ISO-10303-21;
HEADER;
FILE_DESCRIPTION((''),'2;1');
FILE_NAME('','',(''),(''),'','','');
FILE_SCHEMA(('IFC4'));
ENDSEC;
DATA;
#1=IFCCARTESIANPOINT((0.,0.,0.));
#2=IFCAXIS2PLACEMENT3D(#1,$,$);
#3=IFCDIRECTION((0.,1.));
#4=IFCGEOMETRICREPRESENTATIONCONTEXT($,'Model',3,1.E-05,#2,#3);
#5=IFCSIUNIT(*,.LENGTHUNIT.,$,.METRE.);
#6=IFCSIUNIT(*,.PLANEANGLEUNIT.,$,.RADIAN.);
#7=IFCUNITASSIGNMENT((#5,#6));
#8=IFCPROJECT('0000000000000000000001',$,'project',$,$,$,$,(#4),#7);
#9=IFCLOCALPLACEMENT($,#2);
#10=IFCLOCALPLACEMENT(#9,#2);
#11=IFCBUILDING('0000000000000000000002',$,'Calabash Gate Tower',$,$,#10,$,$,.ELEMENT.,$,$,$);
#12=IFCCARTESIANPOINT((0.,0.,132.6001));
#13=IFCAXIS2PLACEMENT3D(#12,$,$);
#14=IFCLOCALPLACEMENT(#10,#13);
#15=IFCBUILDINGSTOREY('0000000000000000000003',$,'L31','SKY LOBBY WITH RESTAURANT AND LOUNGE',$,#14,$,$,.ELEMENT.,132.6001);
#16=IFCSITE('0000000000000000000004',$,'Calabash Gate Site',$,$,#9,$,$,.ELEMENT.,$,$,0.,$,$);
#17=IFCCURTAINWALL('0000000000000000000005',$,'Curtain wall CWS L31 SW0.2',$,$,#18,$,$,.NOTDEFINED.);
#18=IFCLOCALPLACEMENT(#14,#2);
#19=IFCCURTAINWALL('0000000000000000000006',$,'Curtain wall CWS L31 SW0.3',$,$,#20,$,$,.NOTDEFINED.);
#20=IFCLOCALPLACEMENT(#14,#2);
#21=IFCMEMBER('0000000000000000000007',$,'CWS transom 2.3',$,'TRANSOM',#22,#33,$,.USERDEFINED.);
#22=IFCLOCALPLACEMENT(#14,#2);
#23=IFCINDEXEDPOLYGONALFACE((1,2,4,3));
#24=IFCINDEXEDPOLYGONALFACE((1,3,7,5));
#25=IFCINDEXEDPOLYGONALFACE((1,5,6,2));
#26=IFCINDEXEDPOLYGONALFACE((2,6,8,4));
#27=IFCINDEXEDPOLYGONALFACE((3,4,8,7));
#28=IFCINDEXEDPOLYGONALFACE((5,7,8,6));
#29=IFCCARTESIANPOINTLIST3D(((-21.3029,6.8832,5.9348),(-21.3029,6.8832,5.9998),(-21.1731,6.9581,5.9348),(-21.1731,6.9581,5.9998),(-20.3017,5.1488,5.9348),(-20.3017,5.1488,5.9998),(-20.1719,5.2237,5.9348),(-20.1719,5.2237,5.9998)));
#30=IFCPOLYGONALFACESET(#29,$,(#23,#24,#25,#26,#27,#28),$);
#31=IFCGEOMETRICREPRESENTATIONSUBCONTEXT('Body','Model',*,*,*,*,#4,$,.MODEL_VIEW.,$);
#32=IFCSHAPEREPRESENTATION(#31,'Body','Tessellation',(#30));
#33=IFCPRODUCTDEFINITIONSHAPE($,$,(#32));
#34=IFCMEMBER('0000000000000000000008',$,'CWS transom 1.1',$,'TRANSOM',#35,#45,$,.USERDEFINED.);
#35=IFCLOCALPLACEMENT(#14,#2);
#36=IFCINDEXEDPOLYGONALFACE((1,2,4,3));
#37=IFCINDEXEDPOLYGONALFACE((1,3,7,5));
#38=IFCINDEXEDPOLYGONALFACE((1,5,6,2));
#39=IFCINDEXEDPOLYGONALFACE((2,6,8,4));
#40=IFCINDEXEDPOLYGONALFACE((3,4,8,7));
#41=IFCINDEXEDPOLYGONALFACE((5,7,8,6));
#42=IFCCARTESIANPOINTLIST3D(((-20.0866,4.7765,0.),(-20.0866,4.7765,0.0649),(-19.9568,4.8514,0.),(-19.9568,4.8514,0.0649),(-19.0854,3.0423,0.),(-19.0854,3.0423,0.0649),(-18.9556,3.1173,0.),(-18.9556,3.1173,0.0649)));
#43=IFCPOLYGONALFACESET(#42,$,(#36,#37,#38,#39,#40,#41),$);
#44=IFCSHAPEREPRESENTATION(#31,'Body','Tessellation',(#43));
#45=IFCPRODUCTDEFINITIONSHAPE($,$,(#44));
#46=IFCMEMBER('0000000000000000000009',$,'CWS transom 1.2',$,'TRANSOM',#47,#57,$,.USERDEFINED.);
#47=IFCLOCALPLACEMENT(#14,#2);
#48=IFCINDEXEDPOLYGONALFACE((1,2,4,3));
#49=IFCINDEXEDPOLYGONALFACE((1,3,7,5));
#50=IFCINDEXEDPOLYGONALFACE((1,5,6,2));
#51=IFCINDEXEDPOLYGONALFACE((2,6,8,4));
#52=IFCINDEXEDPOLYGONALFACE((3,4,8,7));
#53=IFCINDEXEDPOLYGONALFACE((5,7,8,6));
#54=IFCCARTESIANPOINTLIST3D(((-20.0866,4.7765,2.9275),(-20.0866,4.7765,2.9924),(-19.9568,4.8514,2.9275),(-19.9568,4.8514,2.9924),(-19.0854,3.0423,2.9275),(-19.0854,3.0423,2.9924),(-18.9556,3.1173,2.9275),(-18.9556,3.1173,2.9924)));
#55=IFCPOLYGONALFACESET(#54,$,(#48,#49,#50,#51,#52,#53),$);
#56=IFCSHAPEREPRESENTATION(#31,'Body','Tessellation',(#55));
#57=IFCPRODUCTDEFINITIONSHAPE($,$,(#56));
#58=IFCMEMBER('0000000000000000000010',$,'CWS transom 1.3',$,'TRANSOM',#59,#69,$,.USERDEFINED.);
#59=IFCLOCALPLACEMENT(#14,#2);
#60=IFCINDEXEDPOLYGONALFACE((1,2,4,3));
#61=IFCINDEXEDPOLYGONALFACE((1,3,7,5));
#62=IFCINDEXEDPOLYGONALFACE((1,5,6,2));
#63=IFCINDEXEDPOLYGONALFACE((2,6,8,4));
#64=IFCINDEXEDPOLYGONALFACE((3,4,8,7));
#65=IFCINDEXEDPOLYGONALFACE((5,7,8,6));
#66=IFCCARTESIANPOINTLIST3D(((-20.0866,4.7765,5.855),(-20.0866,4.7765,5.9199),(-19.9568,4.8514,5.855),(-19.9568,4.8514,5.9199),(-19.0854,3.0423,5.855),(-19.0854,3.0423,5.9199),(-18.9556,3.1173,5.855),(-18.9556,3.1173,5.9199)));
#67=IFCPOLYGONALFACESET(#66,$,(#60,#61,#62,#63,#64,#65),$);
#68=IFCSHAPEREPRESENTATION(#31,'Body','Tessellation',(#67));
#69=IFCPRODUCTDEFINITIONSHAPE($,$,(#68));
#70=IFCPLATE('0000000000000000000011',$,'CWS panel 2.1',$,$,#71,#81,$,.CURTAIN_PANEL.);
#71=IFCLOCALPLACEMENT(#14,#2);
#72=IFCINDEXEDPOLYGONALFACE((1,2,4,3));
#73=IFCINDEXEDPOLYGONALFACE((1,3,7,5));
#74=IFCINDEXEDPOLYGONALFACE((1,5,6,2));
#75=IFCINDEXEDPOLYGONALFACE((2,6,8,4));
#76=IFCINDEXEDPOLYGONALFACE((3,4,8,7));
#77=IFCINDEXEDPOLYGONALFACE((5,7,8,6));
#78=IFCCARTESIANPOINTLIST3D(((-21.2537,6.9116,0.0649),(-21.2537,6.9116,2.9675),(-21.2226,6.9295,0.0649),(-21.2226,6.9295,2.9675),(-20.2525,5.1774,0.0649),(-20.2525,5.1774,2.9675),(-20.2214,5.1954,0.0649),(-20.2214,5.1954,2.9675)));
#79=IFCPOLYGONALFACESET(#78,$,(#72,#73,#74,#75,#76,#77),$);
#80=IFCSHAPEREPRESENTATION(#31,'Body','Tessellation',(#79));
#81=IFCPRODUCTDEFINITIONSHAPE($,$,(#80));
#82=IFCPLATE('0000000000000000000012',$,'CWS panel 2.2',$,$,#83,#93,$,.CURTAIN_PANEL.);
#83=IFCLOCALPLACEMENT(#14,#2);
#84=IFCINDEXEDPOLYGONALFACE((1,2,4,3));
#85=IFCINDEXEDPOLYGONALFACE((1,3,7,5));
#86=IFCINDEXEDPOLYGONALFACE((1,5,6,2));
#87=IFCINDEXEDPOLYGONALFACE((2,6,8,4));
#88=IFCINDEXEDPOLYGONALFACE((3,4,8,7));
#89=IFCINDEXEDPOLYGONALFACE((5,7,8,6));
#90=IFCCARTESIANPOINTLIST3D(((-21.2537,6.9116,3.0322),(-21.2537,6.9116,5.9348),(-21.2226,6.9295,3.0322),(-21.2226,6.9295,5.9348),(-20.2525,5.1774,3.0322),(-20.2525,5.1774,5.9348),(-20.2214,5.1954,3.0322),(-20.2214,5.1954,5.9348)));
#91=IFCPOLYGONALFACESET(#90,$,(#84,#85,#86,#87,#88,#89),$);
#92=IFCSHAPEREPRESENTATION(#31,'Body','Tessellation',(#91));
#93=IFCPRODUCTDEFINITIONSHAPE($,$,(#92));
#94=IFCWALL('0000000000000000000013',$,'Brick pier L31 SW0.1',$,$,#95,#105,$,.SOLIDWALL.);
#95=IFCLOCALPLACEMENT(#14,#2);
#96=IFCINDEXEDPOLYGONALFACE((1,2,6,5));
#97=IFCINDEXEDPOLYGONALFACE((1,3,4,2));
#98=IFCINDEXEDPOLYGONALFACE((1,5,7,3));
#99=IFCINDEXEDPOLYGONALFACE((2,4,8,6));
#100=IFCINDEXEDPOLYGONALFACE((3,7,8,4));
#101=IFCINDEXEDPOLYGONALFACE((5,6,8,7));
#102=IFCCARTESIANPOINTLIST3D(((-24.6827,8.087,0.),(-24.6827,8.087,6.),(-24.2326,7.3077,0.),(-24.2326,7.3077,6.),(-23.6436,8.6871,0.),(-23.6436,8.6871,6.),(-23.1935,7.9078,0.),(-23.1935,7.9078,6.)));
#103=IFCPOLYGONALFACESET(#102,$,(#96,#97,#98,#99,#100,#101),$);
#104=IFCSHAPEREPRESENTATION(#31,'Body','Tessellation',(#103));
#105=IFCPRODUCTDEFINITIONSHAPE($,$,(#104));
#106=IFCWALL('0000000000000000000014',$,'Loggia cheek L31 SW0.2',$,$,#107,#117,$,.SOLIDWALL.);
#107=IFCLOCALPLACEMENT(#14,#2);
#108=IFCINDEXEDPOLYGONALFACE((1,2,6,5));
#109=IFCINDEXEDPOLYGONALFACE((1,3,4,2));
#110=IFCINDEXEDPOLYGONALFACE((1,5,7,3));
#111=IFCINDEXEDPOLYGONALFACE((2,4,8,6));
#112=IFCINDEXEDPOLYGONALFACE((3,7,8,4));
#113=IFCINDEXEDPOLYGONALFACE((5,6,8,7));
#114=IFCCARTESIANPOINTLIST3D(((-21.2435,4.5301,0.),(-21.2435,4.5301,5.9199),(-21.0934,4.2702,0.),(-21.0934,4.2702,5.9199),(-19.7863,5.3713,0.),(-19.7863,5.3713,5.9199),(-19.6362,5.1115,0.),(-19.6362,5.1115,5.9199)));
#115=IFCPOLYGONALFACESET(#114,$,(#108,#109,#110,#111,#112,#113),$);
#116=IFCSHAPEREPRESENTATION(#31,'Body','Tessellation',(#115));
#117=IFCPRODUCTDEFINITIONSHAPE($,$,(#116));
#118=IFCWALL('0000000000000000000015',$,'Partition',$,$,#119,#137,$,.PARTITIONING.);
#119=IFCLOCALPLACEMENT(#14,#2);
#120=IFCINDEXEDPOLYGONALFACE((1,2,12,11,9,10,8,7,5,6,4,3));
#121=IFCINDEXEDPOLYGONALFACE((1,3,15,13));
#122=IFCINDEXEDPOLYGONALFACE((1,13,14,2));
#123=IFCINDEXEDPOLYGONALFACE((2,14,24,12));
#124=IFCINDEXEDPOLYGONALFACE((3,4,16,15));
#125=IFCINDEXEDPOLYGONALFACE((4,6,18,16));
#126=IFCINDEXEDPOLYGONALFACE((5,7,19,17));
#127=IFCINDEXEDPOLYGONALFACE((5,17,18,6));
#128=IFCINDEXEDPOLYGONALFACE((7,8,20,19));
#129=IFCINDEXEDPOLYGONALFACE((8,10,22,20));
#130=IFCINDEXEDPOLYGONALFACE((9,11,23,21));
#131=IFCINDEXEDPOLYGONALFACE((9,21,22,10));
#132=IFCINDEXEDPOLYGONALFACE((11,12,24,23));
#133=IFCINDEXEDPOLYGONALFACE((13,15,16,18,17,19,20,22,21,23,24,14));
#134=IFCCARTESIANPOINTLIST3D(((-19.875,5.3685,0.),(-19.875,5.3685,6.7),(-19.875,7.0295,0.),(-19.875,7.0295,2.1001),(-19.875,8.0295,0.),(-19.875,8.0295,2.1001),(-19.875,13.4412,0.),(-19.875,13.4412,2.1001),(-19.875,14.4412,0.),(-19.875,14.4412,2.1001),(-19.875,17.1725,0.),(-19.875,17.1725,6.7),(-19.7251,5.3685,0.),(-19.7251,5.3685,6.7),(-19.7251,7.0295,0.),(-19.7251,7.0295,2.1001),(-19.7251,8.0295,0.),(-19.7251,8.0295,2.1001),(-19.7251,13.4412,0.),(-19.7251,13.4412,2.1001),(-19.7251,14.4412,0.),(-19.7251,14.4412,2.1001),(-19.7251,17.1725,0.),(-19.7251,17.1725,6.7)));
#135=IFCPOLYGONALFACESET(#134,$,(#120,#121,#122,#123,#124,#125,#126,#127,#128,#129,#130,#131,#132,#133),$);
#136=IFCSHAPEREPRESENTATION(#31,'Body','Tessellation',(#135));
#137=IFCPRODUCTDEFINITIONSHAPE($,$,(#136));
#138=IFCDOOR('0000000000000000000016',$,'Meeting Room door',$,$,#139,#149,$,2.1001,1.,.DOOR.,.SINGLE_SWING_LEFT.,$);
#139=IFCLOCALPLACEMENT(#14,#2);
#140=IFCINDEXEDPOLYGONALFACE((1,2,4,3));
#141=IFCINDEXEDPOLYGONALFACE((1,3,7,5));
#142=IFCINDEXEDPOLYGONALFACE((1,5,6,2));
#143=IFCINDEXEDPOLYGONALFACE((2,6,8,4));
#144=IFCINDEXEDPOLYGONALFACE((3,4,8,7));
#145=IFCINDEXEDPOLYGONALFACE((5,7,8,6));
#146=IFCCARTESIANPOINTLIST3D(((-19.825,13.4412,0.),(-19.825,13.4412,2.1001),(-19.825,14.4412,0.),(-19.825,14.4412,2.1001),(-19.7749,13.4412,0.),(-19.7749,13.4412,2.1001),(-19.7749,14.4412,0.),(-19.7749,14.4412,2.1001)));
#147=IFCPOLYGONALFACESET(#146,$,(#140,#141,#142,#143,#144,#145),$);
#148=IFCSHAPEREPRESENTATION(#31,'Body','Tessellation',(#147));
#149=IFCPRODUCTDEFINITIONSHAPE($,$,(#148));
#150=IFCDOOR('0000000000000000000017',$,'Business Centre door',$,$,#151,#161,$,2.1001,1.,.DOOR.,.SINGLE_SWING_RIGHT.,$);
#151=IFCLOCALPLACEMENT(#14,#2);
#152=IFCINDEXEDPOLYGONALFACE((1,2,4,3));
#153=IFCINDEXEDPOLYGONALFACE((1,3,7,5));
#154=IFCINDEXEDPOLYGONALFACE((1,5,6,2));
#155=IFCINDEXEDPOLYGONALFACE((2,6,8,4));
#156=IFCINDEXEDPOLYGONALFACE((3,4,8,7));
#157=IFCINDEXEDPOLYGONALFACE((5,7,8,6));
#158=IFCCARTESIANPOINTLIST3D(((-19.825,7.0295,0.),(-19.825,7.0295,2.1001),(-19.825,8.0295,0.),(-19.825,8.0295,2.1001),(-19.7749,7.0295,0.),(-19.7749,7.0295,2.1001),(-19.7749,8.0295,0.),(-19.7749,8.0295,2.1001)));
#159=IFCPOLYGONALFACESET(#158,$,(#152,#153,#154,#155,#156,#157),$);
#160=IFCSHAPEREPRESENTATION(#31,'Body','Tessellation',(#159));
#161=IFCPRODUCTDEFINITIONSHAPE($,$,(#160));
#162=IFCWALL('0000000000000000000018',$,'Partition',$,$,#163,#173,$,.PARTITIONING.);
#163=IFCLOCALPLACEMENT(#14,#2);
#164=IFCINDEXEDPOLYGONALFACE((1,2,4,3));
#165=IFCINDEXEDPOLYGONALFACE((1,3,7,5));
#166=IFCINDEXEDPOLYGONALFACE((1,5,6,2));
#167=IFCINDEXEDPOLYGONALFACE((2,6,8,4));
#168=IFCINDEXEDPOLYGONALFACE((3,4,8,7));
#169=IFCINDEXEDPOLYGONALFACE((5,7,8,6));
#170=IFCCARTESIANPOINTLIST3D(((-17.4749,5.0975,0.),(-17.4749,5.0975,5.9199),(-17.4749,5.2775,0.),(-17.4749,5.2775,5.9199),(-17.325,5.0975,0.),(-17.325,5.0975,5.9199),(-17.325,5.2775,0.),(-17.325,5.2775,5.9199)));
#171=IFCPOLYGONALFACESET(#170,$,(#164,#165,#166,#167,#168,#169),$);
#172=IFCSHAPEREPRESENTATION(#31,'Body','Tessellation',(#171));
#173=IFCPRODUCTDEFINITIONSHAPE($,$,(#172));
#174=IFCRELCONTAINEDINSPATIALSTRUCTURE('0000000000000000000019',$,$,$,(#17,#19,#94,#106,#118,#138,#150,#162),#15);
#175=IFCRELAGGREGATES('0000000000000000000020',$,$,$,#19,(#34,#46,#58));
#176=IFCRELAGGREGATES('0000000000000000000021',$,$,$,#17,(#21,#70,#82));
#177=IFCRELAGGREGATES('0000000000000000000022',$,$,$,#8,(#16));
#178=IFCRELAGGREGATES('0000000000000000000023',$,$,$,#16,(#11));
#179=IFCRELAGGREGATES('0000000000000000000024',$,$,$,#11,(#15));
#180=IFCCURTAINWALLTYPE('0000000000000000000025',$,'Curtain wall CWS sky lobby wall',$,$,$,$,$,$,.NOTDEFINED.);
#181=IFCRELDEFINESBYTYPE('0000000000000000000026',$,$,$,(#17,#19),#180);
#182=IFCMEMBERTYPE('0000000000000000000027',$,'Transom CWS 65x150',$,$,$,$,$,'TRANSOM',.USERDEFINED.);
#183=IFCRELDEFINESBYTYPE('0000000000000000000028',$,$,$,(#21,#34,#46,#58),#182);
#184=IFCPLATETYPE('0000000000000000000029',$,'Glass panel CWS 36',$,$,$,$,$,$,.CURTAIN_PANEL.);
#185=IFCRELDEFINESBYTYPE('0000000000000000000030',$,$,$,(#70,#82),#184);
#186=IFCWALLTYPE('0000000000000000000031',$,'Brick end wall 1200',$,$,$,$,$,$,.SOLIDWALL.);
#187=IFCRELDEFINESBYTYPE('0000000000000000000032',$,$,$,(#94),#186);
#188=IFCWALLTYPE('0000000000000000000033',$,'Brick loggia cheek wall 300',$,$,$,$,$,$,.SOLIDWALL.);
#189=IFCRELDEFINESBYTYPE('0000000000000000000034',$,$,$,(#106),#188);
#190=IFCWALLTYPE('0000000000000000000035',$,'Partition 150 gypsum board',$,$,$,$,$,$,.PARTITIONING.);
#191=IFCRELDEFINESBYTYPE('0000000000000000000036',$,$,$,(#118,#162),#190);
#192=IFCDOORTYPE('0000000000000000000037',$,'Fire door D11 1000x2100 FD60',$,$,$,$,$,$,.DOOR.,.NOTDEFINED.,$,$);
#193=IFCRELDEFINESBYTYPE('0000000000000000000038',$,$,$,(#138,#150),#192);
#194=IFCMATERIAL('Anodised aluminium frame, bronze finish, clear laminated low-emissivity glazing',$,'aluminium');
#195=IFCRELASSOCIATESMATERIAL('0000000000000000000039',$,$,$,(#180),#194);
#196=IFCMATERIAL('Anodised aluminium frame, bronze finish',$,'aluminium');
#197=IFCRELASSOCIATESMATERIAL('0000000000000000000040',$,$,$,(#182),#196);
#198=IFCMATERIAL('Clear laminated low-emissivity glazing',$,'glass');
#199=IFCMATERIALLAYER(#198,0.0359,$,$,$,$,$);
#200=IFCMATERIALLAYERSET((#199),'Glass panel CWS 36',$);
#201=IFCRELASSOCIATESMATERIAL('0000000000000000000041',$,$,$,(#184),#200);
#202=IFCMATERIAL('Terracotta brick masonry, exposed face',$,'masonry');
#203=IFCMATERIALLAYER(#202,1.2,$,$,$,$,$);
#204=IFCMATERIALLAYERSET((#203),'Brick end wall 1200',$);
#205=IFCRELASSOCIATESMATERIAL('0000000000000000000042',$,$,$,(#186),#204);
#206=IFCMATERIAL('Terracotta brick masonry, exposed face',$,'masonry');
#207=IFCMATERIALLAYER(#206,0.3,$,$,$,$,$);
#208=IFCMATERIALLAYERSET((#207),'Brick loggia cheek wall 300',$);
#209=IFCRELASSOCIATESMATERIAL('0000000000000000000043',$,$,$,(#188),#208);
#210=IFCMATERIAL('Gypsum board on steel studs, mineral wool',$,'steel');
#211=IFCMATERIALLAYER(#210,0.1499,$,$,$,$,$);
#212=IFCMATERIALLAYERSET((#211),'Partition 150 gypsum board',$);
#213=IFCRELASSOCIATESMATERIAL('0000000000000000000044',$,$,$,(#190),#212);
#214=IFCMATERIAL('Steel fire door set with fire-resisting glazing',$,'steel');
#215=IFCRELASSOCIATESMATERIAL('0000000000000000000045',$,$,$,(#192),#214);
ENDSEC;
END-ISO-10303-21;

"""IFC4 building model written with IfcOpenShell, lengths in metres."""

from ifc_helpers import new_model, si_unit, direction, frame, frame_2d, origin, origin_2d, place, context, subcontext, project, spatial, rectangle, extrude, material, layer, layer_set, material_profile, profile_set, type_object, element, fill, aggregate, save


model = new_model("IFC4")

# Units and contexts
model_context = context("Model", 3, precision=1e-05, world=origin(), true_north=direction((0.0, 1.0)))
body_context = subcontext(model_context, "Body", "Model", "MODEL_VIEW")
ifc_project = project(units=[si_unit("LENGTHUNIT", "METRE"), si_unit("PLANEANGLEUNIT", "RADIAN")], contexts=[model_context])

# Site, building, storey
site_placement = place(None, origin())
site = spatial("IfcSite", under=ifc_project, at=site_placement, Name="Calabash Gate Site", CompositionType="ELEMENT", RefElevation=0.0)
building_placement = place(site_placement, origin())
building = spatial("IfcBuilding", under=site, at=building_placement, Name="Calabash Gate Tower", CompositionType="ELEMENT")
storey_placement = place(building_placement, frame((0.0, 0.0, 132.6001)))
storey = spatial("IfcBuildingStorey", under=building, at=storey_placement, Name="L31", Description="SKY LOBBY WITH RESTAURANT AND LOUNGE", CompositionType="ELEMENT", Elevation=132.6001)

# Curtain wall
ifc_material_1 = material(Name="Anodised aluminium frame, bronze finish, clear laminated low-emissivity glazing", Category="aluminium")
curtain_wall_type = type_object("IfcCurtainWallType", Name="Curtain wall CWS sky lobby wall", PredefinedType="NOTDEFINED", material=ifc_material_1)
curtain_wall_1_placement = place(storey_placement, origin())
curtain_wall_1 = element("IfcCurtainWall", 1, at=curtain_wall_1_placement, inside=storey, type_object=curtain_wall_type, Name="Curtain wall CWS L31 SW0.2", PredefinedType="NOTDEFINED")

# Curtain wall
curtain_wall_2_placement = place(storey_placement, origin())
curtain_wall_2 = element("IfcCurtainWall", 2, at=curtain_wall_2_placement, inside=storey, type_object=curtain_wall_type, Name="Curtain wall CWS L31 SW0.3", PredefinedType="NOTDEFINED")

# Members
ifc_material_2 = material(Name="Anodised aluminium frame, bronze finish", Category="aluminium")
ifc_material_profile_1 = material_profile(ifc_material_2, rectangle(XDim=0.1499, YDim=0.0649, at=origin_2d()))
ifc_profile_set_1 = profile_set([ifc_material_profile_1], Name="Anodised aluminium frame, bronze finish")
member_type_1 = type_object("IfcMemberType", Name="Transom CWS 65x150", ElementType="TRANSOM", PredefinedType="USERDEFINED", material=ifc_profile_set_1)
member_1_placement = place(storey_placement, frame((-21.238, 6.9207, 5.9673), z_axis=(0.499955, -0.866052, 0.0), x_axis=(0.866052, 0.499955, 0.0)))
member_1 = element("IfcMember", 3, at=member_1_placement, type_object=member_type_1, Name="CWS transom 2.3", ObjectType="TRANSOM", PredefinedType="USERDEFINED", context=body_context, shape_type="SweptSolid", body=[
    extrude(rectangle(XDim=0.1499, YDim=0.0649, at=origin_2d()), origin(), (0.0, 0.0, 1.0), 2.0027),
])
member_2_placement = place(storey_placement, frame((-20.0217, 4.814, 0.0325), z_axis=(0.500007, -0.866021, 0.0), x_axis=(0.866021, 0.500007, 0.0)))
member_2 = element("IfcMember", 4, at=member_2_placement, type_object=member_type_1, Name="CWS transom 1.1", ObjectType="TRANSOM", PredefinedType="USERDEFINED", context=body_context, shape_type="SweptSolid", body=[
    extrude(rectangle(XDim=0.1499, YDim=0.0649, at=origin_2d()), origin(), (0.0, 0.0, 1.0), 2.0024),
])
member_3_placement = place(storey_placement, frame((-20.0217, 4.814, 2.96), z_axis=(0.500007, -0.866021, 0.0), x_axis=(0.866021, 0.500007, 0.0)))
member_3 = element("IfcMember", 5, at=member_3_placement, type_object=member_type_1, Name="CWS transom 1.2", ObjectType="TRANSOM", PredefinedType="USERDEFINED", context=body_context, shape_type="SweptSolid", body=[
    extrude(rectangle(XDim=0.1499, YDim=0.0649, at=origin_2d()), origin(), (0.0, 0.0, 1.0), 2.0024),
])
member_4_placement = place(storey_placement, frame((-20.0217, 4.814, 5.8875), z_axis=(0.500007, -0.866021, 0.0), x_axis=(0.866021, 0.500007, 0.0)))
member_4 = element("IfcMember", 6, at=member_4_placement, type_object=member_type_1, Name="CWS transom 1.3", ObjectType="TRANSOM", PredefinedType="USERDEFINED", context=body_context, shape_type="SweptSolid", body=[
    extrude(rectangle(XDim=0.1499, YDim=0.0649, at=origin_2d()), origin(), (0.0, 0.0, 1.0), 2.0024),
])
aggregate(curtain_wall_2, [member_2, member_3, member_4])

# Plates
ifc_material_3 = material(Name="Clear laminated low-emissivity glazing", Category="glass")
ifc_layer_1 = layer(ifc_material_3, 0.0359)
ifc_layer_set_1 = layer_set([ifc_layer_1], Name="Glass panel CWS 36")
plate_type = type_object("IfcPlateType", Name="Glass panel CWS 36", PredefinedType="CURTAIN_PANEL", material=ifc_layer_set_1)
plate_1_placement = place(storey_placement, frame((-20.7375, 6.0535, 0.0649), z_axis=(0.0, 0.0, 1.0), x_axis=(0.5, -0.866025, 0.0)))
plate_1 = element("IfcPlate", 7, at=plate_1_placement, type_object=plate_type, Name="CWS panel 2.1", PredefinedType="CURTAIN_PANEL", context=body_context, shape_type="SweptSolid", body=[
    extrude(rectangle(XDim=2.0024, YDim=0.0359, at=origin_2d()), origin(), (0.0, 0.0, 1.0), 2.9026),
])
plate_2_placement = place(storey_placement, frame((-20.7375, 6.0535, 3.0322), z_axis=(0.0, 0.0, 1.0), x_axis=(0.5, -0.866025, 0.0)))
plate_2 = element("IfcPlate", 8, at=plate_2_placement, type_object=plate_type, Name="CWS panel 2.2", PredefinedType="CURTAIN_PANEL", context=body_context, shape_type="SweptSolid", body=[
    extrude(rectangle(XDim=2.0024, YDim=0.0359, at=origin_2d()), origin(), (0.0, 0.0, 1.0), 2.9026),
])
aggregate(curtain_wall_1, [member_1, plate_1, plate_2])

# Walls
ifc_material_4 = material(Name="Terracotta brick masonry, exposed face", Category="masonry")
ifc_layer_2 = layer(ifc_material_4, 1.2)
ifc_layer_set_2 = layer_set([ifc_layer_2], Name="Brick end wall 1200")
wall_type_1 = type_object("IfcWallType", Name="Brick end wall 1200", PredefinedType="SOLIDWALL", material=ifc_layer_set_2)
wall_1_placement = place(storey_placement, frame((-24.4578, 7.6973, 0.0), z_axis=(0.0, 0.0, 1.0), x_axis=(0.865955, 0.500122, 0.0)))
element("IfcWall", 9, at=wall_1_placement, inside=storey, type_object=wall_type_1, Name="Brick pier L31 SW0.1", PredefinedType="SOLIDWALL", context=body_context, shape_type="SweptSolid", body=[
    extrude(rectangle(XDim=1.2, YDim=0.8999, at=frame_2d((0.6001, 0.0))), origin(), (0.0, 0.0, 1.0), 6.0),
])
ifc_material_5 = material(Name="Terracotta brick masonry, exposed face", Category="masonry")
ifc_layer_3 = layer(ifc_material_5, 0.3)
ifc_layer_set_3 = layer_set([ifc_layer_3], Name="Brick loggia cheek wall 300")
wall_type_2 = type_object("IfcWallType", Name="Brick loggia cheek wall 300", PredefinedType="SOLIDWALL", material=ifc_layer_set_3)
wall_2_placement = place(storey_placement, frame((-21.1685, 4.4001, 0.0), z_axis=(0.0, 0.0, 1.0), x_axis=(0.866038, 0.499978, 0.0)))
element("IfcWall", 10, at=wall_2_placement, inside=storey, type_object=wall_type_2, Name="Loggia cheek L31 SW0.2", PredefinedType="SOLIDWALL", context=body_context, shape_type="SweptSolid", body=[
    extrude(rectangle(XDim=1.6826, YDim=0.3, at=frame_2d((0.8413, 0.0))), origin(), (0.0, 0.0, 1.0), 5.9199),
])

# Wall, openings, doors
ifc_material_6 = material(Name="Gypsum board on steel studs, mineral wool", Category="steel")
ifc_layer_4 = layer(ifc_material_6, 0.1499)
ifc_layer_set_4 = layer_set([ifc_layer_4], Name="Partition 150 gypsum board")
wall_type_3 = type_object("IfcWallType", Name="Partition 150 gypsum board", PredefinedType="PARTITIONING", material=ifc_layer_set_4)
wall_3_placement = place(storey_placement, frame((-19.8, 5.3687, 0.0), z_axis=(0.0, 0.0, 1.0), x_axis=(0.0, 1.0, 0.0)))
wall_3 = element("IfcWall", 11, at=wall_3_placement, inside=storey, type_object=wall_type_3, Name="Partition", PredefinedType="PARTITIONING", context=body_context, shape_type="SweptSolid", body=[
    extrude(rectangle(XDim=11.804, YDim=0.1499, at=frame_2d((5.9019, 0.0))), origin(), (0.0, 0.0, 1.0), 6.7),
])
opening_1_placement = place(wall_3_placement, frame((8.0725, 0.0, 0.0)))
opening_1 = element("IfcOpeningElement", 12, at=opening_1_placement, cuts=wall_3, PredefinedType="OPENING", context=body_context, shape_type="SweptSolid", body=[
    extrude(rectangle(XDim=1.0, YDim=2.1001, at=frame_2d((0.5, 1.05))), frame((0.0, 0.085, 0.0), z_axis=(0.0, -1.0, 0.0), x_axis=(1.0, 0.0, 0.0)), (0.0, 0.0, 1.0), 0.1699),
])
opening_2_placement = place(wall_3_placement, frame((1.6609, 0.0, 0.0)))
opening_2 = element("IfcOpeningElement", 13, at=opening_2_placement, cuts=wall_3, PredefinedType="OPENING", context=body_context, shape_type="SweptSolid", body=[
    extrude(rectangle(XDim=1.0, YDim=2.1001, at=frame_2d((0.5, 1.05))), frame((0.0, 0.085, 0.0), z_axis=(0.0, -1.0, 0.0), x_axis=(1.0, 0.0, 0.0)), (0.0, 0.0, 1.0), 0.1699),
])
ifc_material_7 = material(Name="Steel fire door set with fire-resisting glazing", Category="steel")
door_type = type_object("IfcDoorType", Name="Fire door D11 1000x2100 FD60", OperationType="NOTDEFINED", PredefinedType="DOOR", material=ifc_material_7)
door_1_placement = place(opening_1_placement, origin())
door_1 = element("IfcDoor", 14, at=door_1_placement, inside=storey, type_object=door_type, Name="Meeting Room door", OperationType="SINGLE_SWING_LEFT", OverallHeight=2.1001, OverallWidth=1.0, PredefinedType="DOOR", context=body_context, shape_type="SweptSolid", body=[
    extrude(rectangle(XDim=1.0, YDim=2.1001, at=frame_2d((0.5, 1.05))), frame((0.0, 0.0249, 0.0), z_axis=(0.0, -1.0, 0.0), x_axis=(1.0, 0.0, 0.0)), (0.0, 0.0, 1.0), 0.05),
])
fill(opening_1, door_1)
door_2_placement = place(opening_2_placement, origin())
door_2 = element("IfcDoor", 15, at=door_2_placement, inside=storey, type_object=door_type, Name="Business Centre door", OperationType="SINGLE_SWING_RIGHT", OverallHeight=2.1001, OverallWidth=1.0, PredefinedType="DOOR", context=body_context, shape_type="SweptSolid", body=[
    extrude(rectangle(XDim=1.0, YDim=2.1001, at=frame_2d((0.5, 1.05))), frame((0.0, 0.0249, 0.0), z_axis=(0.0, -1.0, 0.0), x_axis=(1.0, 0.0, 0.0)), (0.0, 0.0, 1.0), 0.05),
])
fill(opening_2, door_2)

# Wall
wall_4_placement = place(storey_placement, frame((-17.3999, 5.0977, 0.0), z_axis=(0.0, 0.0, 1.0), x_axis=(0.0, 1.0, 0.0)))
element("IfcWall", 16, at=wall_4_placement, inside=storey, type_object=wall_type_3, Name="Partition", PredefinedType="PARTITIONING", context=body_context, shape_type="SweptSolid", body=[
    extrude(rectangle(XDim=0.1799, YDim=0.1499, at=frame_2d((0.0898, 0.0))), origin(), (0.0, 0.0, 1.0), 5.9199),
])

save(model, "model.ifc")
